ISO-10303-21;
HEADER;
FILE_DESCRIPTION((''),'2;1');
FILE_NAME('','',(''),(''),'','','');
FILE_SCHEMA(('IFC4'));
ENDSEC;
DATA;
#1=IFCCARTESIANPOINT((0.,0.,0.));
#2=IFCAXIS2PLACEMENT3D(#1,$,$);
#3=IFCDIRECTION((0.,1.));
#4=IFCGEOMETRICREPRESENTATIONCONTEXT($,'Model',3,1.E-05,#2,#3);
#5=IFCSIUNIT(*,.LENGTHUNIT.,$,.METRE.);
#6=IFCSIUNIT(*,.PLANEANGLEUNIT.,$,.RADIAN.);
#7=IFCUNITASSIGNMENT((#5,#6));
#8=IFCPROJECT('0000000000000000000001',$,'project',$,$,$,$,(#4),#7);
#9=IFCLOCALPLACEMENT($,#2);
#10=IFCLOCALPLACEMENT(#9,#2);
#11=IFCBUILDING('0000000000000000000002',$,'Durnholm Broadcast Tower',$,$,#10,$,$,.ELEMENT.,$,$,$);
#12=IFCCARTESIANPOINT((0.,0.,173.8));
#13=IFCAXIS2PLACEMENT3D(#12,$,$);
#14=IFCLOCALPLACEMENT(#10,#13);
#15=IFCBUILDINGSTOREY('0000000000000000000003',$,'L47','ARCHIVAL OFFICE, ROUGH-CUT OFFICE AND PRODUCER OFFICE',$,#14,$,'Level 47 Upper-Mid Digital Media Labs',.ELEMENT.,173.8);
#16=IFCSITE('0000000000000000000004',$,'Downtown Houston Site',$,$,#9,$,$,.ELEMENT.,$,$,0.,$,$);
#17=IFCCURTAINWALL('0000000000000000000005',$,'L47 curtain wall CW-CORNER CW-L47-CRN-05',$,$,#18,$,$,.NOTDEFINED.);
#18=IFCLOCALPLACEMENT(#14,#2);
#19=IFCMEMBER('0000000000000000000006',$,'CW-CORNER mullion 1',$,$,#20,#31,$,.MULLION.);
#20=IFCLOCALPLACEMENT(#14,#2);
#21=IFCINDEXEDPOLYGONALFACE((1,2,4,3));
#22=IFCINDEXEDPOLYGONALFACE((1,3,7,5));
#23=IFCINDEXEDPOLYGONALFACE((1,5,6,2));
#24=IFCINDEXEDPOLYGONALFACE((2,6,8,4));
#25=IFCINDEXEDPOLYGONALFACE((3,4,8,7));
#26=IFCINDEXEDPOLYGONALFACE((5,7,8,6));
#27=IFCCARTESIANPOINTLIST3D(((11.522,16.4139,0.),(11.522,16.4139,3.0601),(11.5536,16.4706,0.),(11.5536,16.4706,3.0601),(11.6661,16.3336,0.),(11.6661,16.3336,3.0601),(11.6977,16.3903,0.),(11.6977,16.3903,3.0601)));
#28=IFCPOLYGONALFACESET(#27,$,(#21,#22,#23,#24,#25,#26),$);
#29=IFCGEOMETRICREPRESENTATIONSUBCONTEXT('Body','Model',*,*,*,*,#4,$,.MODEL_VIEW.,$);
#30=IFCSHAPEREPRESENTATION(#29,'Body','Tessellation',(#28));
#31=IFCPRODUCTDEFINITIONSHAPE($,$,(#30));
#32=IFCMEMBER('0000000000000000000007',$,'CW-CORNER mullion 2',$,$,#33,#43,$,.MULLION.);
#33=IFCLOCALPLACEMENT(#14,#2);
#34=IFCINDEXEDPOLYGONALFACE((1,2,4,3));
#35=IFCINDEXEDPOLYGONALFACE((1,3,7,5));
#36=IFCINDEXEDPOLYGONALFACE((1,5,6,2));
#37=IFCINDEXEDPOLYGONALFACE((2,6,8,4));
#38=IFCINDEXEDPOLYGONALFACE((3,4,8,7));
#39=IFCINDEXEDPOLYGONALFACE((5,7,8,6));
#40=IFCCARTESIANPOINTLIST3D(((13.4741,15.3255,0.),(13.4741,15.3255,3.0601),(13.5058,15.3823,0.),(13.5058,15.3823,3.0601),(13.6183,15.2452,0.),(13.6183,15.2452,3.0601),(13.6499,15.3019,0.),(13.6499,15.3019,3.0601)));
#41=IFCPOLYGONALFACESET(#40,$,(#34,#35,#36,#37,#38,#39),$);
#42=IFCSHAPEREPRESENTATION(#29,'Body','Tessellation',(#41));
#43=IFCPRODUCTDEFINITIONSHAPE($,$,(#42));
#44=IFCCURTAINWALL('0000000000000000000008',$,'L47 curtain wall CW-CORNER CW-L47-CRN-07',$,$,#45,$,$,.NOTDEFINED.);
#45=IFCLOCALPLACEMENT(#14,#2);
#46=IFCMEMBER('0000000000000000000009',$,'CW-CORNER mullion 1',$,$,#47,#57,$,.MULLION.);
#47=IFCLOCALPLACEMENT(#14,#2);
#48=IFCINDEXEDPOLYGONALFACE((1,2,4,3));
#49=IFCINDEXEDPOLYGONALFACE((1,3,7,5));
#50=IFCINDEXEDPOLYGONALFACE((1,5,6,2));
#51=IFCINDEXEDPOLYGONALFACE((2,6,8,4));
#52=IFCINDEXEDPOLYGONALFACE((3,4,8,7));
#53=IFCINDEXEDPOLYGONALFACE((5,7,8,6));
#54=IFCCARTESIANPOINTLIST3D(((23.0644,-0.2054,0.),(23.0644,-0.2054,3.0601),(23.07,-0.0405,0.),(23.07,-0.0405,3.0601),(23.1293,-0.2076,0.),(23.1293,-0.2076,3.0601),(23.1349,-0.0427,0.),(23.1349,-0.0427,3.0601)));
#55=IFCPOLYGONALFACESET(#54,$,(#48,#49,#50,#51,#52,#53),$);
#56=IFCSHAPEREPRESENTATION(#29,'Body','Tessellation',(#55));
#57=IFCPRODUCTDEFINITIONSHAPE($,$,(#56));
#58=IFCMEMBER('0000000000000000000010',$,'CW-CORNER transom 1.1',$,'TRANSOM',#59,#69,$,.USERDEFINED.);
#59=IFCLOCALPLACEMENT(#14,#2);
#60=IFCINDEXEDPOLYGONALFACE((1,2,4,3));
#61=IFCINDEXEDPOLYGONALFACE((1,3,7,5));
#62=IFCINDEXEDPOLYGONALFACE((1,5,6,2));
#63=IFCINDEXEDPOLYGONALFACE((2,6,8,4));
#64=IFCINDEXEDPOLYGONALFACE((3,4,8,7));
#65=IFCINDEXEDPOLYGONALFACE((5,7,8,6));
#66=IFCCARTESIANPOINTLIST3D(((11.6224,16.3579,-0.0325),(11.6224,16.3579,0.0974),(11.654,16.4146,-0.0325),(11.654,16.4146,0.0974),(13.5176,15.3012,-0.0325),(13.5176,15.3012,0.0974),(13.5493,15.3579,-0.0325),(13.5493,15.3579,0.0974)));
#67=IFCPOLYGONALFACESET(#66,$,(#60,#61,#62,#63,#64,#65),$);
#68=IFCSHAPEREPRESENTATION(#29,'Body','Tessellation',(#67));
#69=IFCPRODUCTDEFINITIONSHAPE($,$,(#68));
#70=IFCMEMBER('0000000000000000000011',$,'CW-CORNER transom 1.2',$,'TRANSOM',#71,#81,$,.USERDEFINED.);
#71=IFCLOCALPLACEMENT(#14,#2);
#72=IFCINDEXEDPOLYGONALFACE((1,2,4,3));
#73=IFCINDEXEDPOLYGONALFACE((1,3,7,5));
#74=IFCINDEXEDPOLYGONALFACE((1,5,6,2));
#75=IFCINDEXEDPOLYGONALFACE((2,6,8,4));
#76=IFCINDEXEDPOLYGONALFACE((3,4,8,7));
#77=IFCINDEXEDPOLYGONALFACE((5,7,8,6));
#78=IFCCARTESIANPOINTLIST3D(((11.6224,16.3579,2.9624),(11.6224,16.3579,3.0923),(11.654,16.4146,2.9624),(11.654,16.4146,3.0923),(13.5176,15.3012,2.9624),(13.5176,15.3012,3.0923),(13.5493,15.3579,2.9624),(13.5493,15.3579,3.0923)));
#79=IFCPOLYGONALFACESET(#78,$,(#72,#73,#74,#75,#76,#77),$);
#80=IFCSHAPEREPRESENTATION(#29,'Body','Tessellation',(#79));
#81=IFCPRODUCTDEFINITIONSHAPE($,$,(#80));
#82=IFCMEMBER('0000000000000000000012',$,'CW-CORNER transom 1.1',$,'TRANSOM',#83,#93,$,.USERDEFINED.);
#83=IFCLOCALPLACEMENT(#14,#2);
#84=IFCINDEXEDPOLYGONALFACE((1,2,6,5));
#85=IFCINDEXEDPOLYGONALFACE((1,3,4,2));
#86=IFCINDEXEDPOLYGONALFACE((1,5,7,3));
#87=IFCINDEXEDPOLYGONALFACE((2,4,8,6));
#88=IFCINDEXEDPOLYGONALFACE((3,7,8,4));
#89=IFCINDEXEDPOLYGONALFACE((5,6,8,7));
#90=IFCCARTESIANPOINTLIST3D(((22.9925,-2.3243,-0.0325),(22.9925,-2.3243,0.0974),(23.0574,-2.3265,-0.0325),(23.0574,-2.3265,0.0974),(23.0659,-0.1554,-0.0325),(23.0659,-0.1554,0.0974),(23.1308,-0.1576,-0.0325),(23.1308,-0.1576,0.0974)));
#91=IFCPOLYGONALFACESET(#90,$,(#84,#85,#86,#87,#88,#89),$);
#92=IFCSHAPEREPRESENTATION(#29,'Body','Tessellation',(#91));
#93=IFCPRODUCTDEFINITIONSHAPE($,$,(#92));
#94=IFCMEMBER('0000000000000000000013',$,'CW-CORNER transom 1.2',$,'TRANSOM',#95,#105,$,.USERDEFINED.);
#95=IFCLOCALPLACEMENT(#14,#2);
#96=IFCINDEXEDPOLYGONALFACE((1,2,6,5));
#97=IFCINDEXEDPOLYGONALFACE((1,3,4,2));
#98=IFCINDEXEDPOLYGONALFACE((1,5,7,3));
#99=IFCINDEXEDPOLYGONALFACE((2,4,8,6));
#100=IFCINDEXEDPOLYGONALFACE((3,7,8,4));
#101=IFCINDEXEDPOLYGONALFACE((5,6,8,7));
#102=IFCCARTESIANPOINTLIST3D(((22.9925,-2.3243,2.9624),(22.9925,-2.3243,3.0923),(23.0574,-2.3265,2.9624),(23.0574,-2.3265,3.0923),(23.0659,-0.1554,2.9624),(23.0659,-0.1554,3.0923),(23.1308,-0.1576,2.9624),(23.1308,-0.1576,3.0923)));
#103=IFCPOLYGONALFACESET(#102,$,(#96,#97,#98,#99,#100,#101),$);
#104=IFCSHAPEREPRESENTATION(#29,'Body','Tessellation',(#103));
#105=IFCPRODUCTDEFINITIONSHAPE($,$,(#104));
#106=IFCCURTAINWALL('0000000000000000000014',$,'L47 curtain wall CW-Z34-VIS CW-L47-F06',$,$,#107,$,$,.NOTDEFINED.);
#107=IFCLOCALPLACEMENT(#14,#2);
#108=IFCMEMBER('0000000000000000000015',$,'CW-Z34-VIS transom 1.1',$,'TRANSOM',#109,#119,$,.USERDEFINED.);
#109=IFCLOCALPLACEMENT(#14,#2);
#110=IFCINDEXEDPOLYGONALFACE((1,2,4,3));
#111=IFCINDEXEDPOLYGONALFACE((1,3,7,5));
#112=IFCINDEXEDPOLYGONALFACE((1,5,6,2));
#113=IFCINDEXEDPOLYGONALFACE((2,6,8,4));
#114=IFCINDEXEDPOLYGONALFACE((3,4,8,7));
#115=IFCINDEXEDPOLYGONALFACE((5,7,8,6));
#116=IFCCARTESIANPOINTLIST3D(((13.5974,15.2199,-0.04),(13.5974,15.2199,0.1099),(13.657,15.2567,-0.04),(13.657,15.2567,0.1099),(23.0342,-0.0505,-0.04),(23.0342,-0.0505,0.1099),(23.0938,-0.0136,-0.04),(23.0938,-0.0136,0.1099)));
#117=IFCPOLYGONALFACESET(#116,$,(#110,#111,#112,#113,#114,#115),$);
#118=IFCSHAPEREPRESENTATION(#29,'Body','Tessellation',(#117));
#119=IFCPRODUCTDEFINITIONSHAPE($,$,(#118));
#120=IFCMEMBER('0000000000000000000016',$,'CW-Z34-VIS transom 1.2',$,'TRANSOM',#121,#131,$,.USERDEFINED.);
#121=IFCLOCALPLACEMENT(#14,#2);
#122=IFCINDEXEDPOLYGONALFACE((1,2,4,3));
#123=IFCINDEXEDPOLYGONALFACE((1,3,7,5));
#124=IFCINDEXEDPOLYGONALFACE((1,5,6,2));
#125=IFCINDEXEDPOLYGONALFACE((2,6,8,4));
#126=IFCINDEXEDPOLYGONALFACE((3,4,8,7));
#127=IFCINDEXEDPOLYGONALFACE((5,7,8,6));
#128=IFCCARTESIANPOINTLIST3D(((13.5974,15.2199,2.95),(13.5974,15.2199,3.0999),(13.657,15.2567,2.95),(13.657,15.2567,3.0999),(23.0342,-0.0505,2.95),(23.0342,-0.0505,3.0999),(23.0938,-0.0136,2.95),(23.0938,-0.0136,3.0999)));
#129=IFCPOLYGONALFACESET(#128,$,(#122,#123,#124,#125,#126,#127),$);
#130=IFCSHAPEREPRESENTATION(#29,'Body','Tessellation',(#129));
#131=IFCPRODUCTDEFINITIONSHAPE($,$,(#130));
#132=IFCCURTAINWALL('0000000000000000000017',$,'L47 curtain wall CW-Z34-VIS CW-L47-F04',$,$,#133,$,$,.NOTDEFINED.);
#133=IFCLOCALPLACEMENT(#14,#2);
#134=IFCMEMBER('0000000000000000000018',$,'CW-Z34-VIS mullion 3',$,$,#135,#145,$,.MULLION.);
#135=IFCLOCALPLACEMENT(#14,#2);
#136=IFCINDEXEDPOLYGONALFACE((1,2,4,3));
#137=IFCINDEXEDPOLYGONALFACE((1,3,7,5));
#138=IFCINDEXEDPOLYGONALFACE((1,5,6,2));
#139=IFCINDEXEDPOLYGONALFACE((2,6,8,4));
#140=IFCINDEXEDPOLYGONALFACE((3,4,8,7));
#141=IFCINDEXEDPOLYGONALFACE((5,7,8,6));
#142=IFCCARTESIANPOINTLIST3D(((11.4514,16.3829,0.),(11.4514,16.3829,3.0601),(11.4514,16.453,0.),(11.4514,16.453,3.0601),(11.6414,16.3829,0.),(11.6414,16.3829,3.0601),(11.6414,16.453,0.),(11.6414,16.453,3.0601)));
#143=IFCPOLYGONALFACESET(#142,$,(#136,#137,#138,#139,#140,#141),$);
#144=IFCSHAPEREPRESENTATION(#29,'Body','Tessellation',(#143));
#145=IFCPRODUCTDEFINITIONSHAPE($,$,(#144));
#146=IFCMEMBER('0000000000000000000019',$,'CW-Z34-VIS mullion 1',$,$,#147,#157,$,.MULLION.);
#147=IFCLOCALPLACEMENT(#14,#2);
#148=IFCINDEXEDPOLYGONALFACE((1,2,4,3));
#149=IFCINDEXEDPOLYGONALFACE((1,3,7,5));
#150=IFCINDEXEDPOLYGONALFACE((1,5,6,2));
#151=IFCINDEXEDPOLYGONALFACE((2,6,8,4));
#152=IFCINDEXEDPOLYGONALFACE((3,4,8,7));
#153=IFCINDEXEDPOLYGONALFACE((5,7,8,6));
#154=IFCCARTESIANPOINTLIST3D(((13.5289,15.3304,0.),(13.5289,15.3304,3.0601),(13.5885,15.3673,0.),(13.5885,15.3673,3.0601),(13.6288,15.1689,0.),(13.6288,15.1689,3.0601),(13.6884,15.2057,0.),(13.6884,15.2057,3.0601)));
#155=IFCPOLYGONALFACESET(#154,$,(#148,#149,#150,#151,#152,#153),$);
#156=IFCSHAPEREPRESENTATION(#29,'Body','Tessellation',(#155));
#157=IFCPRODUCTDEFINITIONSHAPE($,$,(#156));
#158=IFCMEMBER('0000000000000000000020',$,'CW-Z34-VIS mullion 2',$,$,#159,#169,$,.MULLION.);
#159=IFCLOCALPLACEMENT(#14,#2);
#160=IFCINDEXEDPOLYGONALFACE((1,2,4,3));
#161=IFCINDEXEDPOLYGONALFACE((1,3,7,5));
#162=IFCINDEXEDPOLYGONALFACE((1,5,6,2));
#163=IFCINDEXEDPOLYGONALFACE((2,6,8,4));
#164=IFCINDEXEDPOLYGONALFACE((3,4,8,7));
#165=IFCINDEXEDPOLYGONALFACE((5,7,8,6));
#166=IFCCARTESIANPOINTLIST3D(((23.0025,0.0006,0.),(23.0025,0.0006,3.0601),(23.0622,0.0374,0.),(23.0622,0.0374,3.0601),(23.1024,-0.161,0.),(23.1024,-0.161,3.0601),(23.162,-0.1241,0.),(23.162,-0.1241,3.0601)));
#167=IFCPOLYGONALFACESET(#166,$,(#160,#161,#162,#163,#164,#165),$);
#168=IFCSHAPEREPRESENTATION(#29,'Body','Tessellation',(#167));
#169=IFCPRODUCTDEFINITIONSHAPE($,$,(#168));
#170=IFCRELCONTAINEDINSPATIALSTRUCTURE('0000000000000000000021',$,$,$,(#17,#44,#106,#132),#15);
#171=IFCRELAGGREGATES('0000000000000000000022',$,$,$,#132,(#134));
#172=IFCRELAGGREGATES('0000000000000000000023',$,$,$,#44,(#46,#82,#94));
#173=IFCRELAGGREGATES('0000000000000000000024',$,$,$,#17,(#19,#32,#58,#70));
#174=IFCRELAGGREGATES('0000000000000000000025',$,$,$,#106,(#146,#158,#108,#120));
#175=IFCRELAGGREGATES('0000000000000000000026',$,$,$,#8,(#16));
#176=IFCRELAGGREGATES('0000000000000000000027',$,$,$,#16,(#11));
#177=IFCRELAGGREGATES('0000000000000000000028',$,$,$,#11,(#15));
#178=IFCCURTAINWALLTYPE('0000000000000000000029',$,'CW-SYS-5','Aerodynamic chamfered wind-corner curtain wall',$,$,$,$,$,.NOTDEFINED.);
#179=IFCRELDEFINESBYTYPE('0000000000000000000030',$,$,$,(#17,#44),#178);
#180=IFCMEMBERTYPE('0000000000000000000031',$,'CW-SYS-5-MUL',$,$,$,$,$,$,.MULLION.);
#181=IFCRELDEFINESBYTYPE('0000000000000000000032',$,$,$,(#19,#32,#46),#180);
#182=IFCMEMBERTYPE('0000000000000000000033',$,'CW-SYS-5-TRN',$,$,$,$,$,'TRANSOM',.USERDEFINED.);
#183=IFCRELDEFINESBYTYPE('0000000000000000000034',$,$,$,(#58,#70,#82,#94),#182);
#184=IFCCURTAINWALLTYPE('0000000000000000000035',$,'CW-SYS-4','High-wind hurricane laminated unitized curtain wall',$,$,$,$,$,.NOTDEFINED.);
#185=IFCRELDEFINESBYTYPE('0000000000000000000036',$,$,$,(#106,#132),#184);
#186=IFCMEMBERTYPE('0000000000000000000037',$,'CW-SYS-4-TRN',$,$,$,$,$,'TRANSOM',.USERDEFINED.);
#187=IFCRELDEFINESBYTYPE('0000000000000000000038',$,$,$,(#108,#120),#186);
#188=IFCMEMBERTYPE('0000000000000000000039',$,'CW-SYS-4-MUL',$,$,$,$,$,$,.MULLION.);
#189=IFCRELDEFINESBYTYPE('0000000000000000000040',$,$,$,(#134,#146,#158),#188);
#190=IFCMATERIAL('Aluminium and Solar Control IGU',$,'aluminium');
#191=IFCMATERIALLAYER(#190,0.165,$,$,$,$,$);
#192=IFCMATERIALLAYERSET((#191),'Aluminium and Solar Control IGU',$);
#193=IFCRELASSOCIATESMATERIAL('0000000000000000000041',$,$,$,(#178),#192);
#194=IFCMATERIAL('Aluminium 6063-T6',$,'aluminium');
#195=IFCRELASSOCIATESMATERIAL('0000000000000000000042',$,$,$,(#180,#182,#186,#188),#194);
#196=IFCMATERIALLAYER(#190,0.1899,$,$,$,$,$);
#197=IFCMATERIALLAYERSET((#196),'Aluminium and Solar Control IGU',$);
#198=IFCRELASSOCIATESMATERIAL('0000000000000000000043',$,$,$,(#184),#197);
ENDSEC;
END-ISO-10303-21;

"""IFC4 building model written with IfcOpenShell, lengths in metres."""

from ifc_helpers import new_model, si_unit, direction, frame, origin, origin_2d, place, context, subcontext, project, spatial, rectangle, extrude, source, transform, mapped, material, layer, layer_set, material_profile, profile_set, type_object, type_shapes, element, aggregate, save


model = new_model("IFC4")

# Units and contexts
model_context = context("Model", 3, precision=1e-05, world=origin(), true_north=direction((0.0, 1.0)))
body_context = subcontext(model_context, "Body", "Model", "MODEL_VIEW")
ifc_project = project(units=[si_unit("LENGTHUNIT", "METRE"), si_unit("PLANEANGLEUNIT", "RADIAN")], contexts=[model_context])

# Site, building, storey
site_placement = place(None, origin())
site = spatial("IfcSite", under=ifc_project, at=site_placement, Name="Downtown Houston Site", CompositionType="ELEMENT", RefElevation=0.0)
building_placement = place(site_placement, origin())
building = spatial("IfcBuilding", under=site, at=building_placement, Name="Durnholm Broadcast Tower", CompositionType="ELEMENT")
storey_placement = place(building_placement, frame((0.0, 0.0, 173.8)))
storey = spatial("IfcBuildingStorey", under=building, at=storey_placement, Name="L47", Description="ARCHIVAL OFFICE, ROUGH-CUT OFFICE AND PRODUCER OFFICE", LongName="Level 47 Upper-Mid Digital Media Labs", CompositionType="ELEMENT", Elevation=173.8)

# Curtain wall, members
ifc_material_1 = material(Name="Aluminium and Solar Control IGU", Category="aluminium")
ifc_layer_1 = layer(ifc_material_1, 0.165)
ifc_layer_set_1 = layer_set([ifc_layer_1], Name="Aluminium and Solar Control IGU")
curtain_wall_type_1 = type_object("IfcCurtainWallType", Name="CW-SYS-5", Description="Aerodynamic chamfered wind-corner curtain wall", PredefinedType="NOTDEFINED", material=ifc_layer_set_1)
curtain_wall_1_placement = place(storey_placement, origin())
curtain_wall_1 = element("IfcCurtainWall", 1, at=curtain_wall_1_placement, inside=storey, type_object=curtain_wall_type_1, Name="L47 curtain wall CW-CORNER CW-L47-CRN-05", PredefinedType="NOTDEFINED")
ifc_material_2 = material(Name="Aluminium 6063-T6", Category="aluminium")
ifc_material_profile_1 = material_profile(ifc_material_2, rectangle(XDim=0.0649, YDim=0.165, at=origin_2d()), Name="CWM65X165")
ifc_profile_set_1 = profile_set([ifc_material_profile_1], Name="Aluminium 6063-T6")
member_type_1 = type_object("IfcMemberType", Name="CW-SYS-5-MUL", PredefinedType="MULLION", material=ifc_profile_set_1)
shared_shape_1 = source(origin(), body_context, "Body", "SweptSolid", [
    extrude(rectangle(XDim=0.0649, YDim=0.165, at=origin_2d()), origin(), (0.0, 0.0, 1.0), 3.0601),
])
type_shapes(member_type_1, [shared_shape_1])
member_1_placement = place(storey_placement, frame((11.6099, 16.4021, 0.0), z_axis=(0.0, 0.0, 1.0), x_axis=(0.486986, 0.87341, 0.0)))
member_1 = element("IfcMember", 2, at=member_1_placement, type_object=member_type_1, Name="CW-CORNER mullion 1", PredefinedType="MULLION", context=body_context, shape_type="MappedRepresentation", body=[
    mapped(shared_shape_1, transform((0.0, 0.0, 0.0), x_axis=(1.0, 0.0, 0.0), y_axis=(0.0, 1.0, 0.0), z_axis=(0.0, 0.0, 1.0), scale=1.0)),
])
member_2_placement = place(storey_placement, frame((13.562, 15.3137, 0.0), z_axis=(0.0, 0.0, 1.0), x_axis=(0.486986, 0.87341, 0.0)))
member_2 = element("IfcMember", 3, at=member_2_placement, type_object=member_type_1, Name="CW-CORNER mullion 2", PredefinedType="MULLION", context=body_context, shape_type="MappedRepresentation", body=[
    mapped(shared_shape_1, transform((0.0, 0.0, 0.0), x_axis=(1.0, 0.0, 0.0), y_axis=(0.0, 1.0, 0.0), z_axis=(0.0, 0.0, 1.0), scale=1.0)),
])

# Curtain wall, member
curtain_wall_2_placement = place(storey_placement, origin())
curtain_wall_2 = element("IfcCurtainWall", 4, at=curtain_wall_2_placement, inside=storey, type_object=curtain_wall_type_1, Name="L47 curtain wall CW-CORNER CW-L47-CRN-07", PredefinedType="NOTDEFINED")
member_3_placement = place(storey_placement, frame((23.0996, -0.124, 0.0), z_axis=(0.0, 0.0, 1.0), x_axis=(0.999425, -0.033913, 0.0)))
member_3 = element("IfcMember", 5, at=member_3_placement, type_object=member_type_1, Name="CW-CORNER mullion 1", PredefinedType="MULLION", context=body_context, shape_type="MappedRepresentation", body=[
    mapped(shared_shape_1, transform((0.0, 0.0, 0.0), x_axis=(1.0, 0.0, 0.0), y_axis=(0.0, 1.0, 0.0), z_axis=(0.0, 0.0, 1.0), scale=1.0)),
])

# Members
ifc_material_profile_2 = material_profile(ifc_material_2, rectangle(XDim=0.0649, YDim=0.1299, at=origin_2d()), Name="CWT65X130")
ifc_profile_set_2 = profile_set([ifc_material_profile_2], Name="Aluminium 6063-T6")
member_type_2 = type_object("IfcMemberType", Name="CW-SYS-5-TRN", ElementType="TRANSOM", PredefinedType="USERDEFINED", material=ifc_profile_set_2)
shared_shape_2 = source(origin(), body_context, "Body", "SweptSolid", [
    extrude(rectangle(XDim=0.0649, YDim=0.1299, at=origin_2d()), origin(), (0.0, 0.0, 1.0), 2.1699),
])
member_4_placement = place(storey_placement, frame((11.6382, 16.3862, 0.0325), z_axis=(0.873429, -0.486951, 0.0), x_axis=(0.486951, 0.873429, 0.0)))
member_4 = element("IfcMember", 6, at=member_4_placement, type_object=member_type_2, Name="CW-CORNER transom 1.1", ObjectType="TRANSOM", PredefinedType="USERDEFINED", context=body_context, shape_type="MappedRepresentation", body=[
    mapped(shared_shape_2, transform((0.0, 0.0, 0.0), x_axis=(1.0, 0.0, 0.0), y_axis=(0.0, 1.0, 0.0), z_axis=(0.0, 0.0, 1.0), scale=1.0)),
])
member_5_placement = place(storey_placement, frame((11.6382, 16.3862, 3.0273), z_axis=(0.873429, -0.486951, 0.0), x_axis=(0.486951, 0.873429, 0.0)))
member_5 = element("IfcMember", 7, at=member_5_placement, type_object=member_type_2, Name="CW-CORNER transom 1.2", ObjectType="TRANSOM", PredefinedType="USERDEFINED", context=body_context, shape_type="MappedRepresentation", body=[
    mapped(shared_shape_2, transform((0.0, 0.0, 0.0), x_axis=(1.0, 0.0, 0.0), y_axis=(0.0, 1.0, 0.0), z_axis=(0.0, 0.0, 1.0), scale=1.0)),
])
shared_shape_3 = source(origin(), body_context, "Body", "SweptSolid", [
    extrude(rectangle(XDim=0.0649, YDim=0.1299, at=origin_2d()), origin(), (0.0, 0.0, 1.0), 2.1702),
])
type_shapes(member_type_2, [shared_shape_2, shared_shape_3])
member_6_placement = place(storey_placement, frame((23.0984, -0.1565, 0.0325), z_axis=(-0.033862, -0.999427, 0.0), x_axis=(0.999427, -0.033862, 0.0)))
member_6 = element("IfcMember", 8, at=member_6_placement, type_object=member_type_2, Name="CW-CORNER transom 1.1", ObjectType="TRANSOM", PredefinedType="USERDEFINED", context=body_context, shape_type="MappedRepresentation", body=[
    mapped(shared_shape_3, transform((0.0, 0.0, 0.0), x_axis=(1.0, 0.0, 0.0), y_axis=(0.0, 1.0, 0.0), z_axis=(0.0, 0.0, 1.0), scale=1.0)),
])
member_7_placement = place(storey_placement, frame((23.0984, -0.1565, 3.0273), z_axis=(-0.033862, -0.999427, 0.0), x_axis=(0.999427, -0.033862, 0.0)))
member_7 = element("IfcMember", 9, at=member_7_placement, type_object=member_type_2, Name="CW-CORNER transom 1.2", ObjectType="TRANSOM", PredefinedType="USERDEFINED", context=body_context, shape_type="MappedRepresentation", body=[
    mapped(shared_shape_3, transform((0.0, 0.0, 0.0), x_axis=(1.0, 0.0, 0.0), y_axis=(0.0, 1.0, 0.0), z_axis=(0.0, 0.0, 1.0), scale=1.0)),
])

# Curtain wall, members
ifc_layer_2 = layer(ifc_material_1, 0.1899)
ifc_layer_set_2 = layer_set([ifc_layer_2], Name="Aluminium and Solar Control IGU")
curtain_wall_type_2 = type_object("IfcCurtainWallType", Name="CW-SYS-4", Description="High-wind hurricane laminated unitized curtain wall", PredefinedType="NOTDEFINED", material=ifc_layer_set_2)
curtain_wall_3_placement = place(storey_placement, origin())
curtain_wall_3 = element("IfcCurtainWall", 10, at=curtain_wall_3_placement, inside=storey, type_object=curtain_wall_type_2, Name="L47 curtain wall CW-Z34-VIS CW-L47-F06", PredefinedType="NOTDEFINED")
ifc_material_profile_3 = material_profile(ifc_material_2, rectangle(XDim=0.0701, YDim=0.1499, at=origin_2d()), Name="CWT70X150")
ifc_profile_set_3 = profile_set([ifc_material_profile_3], Name="Aluminium 6063-T6")
member_type_3 = type_object("IfcMemberType", Name="CW-SYS-4-TRN", ElementType="TRANSOM", PredefinedType="USERDEFINED", material=ifc_profile_set_3)
shared_shape_4 = source(origin(), body_context, "Body", "SweptSolid", [
    extrude(rectangle(XDim=0.0701, YDim=0.1499, at=origin_2d()), origin(), (0.0, 0.0, 1.0), 17.9509),
])
type_shapes(member_type_3, [shared_shape_4])
member_8_placement = place(storey_placement, frame((13.6272, 15.2383, 0.0349), z_axis=(0.5257, -0.85067, 0.0), x_axis=(0.85067, 0.5257, 0.0)))
member_8 = element("IfcMember", 11, at=member_8_placement, type_object=member_type_3, Name="CW-Z34-VIS transom 1.1", ObjectType="TRANSOM", PredefinedType="USERDEFINED", context=body_context, shape_type="MappedRepresentation", body=[
    mapped(shared_shape_4, transform((0.0, 0.0, 0.0), x_axis=(1.0, 0.0, 0.0), y_axis=(0.0, 1.0, 0.0), z_axis=(0.0, 0.0, 1.0), scale=1.0)),
])
member_9_placement = place(storey_placement, frame((13.6272, 15.2383, 3.0249), z_axis=(0.5257, -0.85067, 0.0), x_axis=(0.85067, 0.5257, 0.0)))
member_9 = element("IfcMember", 12, at=member_9_placement, type_object=member_type_3, Name="CW-Z34-VIS transom 1.2", ObjectType="TRANSOM", PredefinedType="USERDEFINED", context=body_context, shape_type="MappedRepresentation", body=[
    mapped(shared_shape_4, transform((0.0, 0.0, 0.0), x_axis=(1.0, 0.0, 0.0), y_axis=(0.0, 1.0, 0.0), z_axis=(0.0, 0.0, 1.0), scale=1.0)),
])

# Curtain wall, member
curtain_wall_4_placement = place(storey_placement, origin())
curtain_wall_4 = element("IfcCurtainWall", 13, at=curtain_wall_4_placement, inside=storey, type_object=curtain_wall_type_2, Name="L47 curtain wall CW-Z34-VIS CW-L47-F04", PredefinedType="NOTDEFINED")
ifc_material_profile_4 = material_profile(ifc_material_2, rectangle(XDim=0.0701, YDim=0.1899, at=origin_2d()), Name="CWM70X190")
ifc_profile_set_4 = profile_set([ifc_material_profile_4], Name="Aluminium 6063-T6")
member_type_4 = type_object("IfcMemberType", Name="CW-SYS-4-MUL", PredefinedType="MULLION", material=ifc_profile_set_4)
shared_shape_5 = source(origin(), body_context, "Body", "SweptSolid", [
    extrude(rectangle(XDim=0.0701, YDim=0.1899, at=origin_2d()), origin(), (0.0, 0.0, 1.0), 3.0601),
])
type_shapes(member_type_4, [shared_shape_5])
member_10_placement = place(storey_placement, frame((11.5464, 16.418, 0.0), z_axis=(0.0, 0.0, 1.0), x_axis=(0.0, 1.0, 0.0)))
member_10 = element("IfcMember", 14, at=member_10_placement, type_object=member_type_4, Name="CW-Z34-VIS mullion 3", PredefinedType="MULLION", context=body_context, shape_type="MappedRepresentation", body=[
    mapped(shared_shape_5, transform((0.0, 0.0, 0.0), x_axis=(1.0, 0.0, 0.0), y_axis=(0.0, 1.0, 0.0), z_axis=(0.0, 0.0, 1.0), scale=1.0)),
])
aggregate(curtain_wall_4, [member_10])

# Members
member_11_placement = place(storey_placement, frame((13.6086, 15.2681, 0.0), z_axis=(0.0, 0.0, 1.0), x_axis=(0.850671, 0.525698, 0.0)))
member_11 = element("IfcMember", 15, at=member_11_placement, type_object=member_type_4, Name="CW-Z34-VIS mullion 1", PredefinedType="MULLION", context=body_context, shape_type="MappedRepresentation", body=[
    mapped(shared_shape_5, transform((0.0, 0.0, 0.0), x_axis=(1.0, 0.0, 0.0), y_axis=(0.0, 1.0, 0.0), z_axis=(0.0, 0.0, 1.0), scale=1.0)),
])
member_12_placement = place(storey_placement, frame((23.0823, -0.0618, 0.0), z_axis=(0.0, 0.0, 1.0), x_axis=(0.850671, 0.525698, 0.0)))
member_12 = element("IfcMember", 16, at=member_12_placement, type_object=member_type_4, Name="CW-Z34-VIS mullion 2", PredefinedType="MULLION", context=body_context, shape_type="MappedRepresentation", body=[
    mapped(shared_shape_5, transform((0.0, 0.0, 0.0), x_axis=(1.0, 0.0, 0.0), y_axis=(0.0, 1.0, 0.0), z_axis=(0.0, 0.0, 1.0), scale=1.0)),
])

aggregate(curtain_wall_2, [member_3, member_6, member_7])
aggregate(curtain_wall_1, [member_1, member_2, member_4, member_5])
aggregate(curtain_wall_3, [member_11, member_12, member_8, member_9])

save(model, "model.ifc")
